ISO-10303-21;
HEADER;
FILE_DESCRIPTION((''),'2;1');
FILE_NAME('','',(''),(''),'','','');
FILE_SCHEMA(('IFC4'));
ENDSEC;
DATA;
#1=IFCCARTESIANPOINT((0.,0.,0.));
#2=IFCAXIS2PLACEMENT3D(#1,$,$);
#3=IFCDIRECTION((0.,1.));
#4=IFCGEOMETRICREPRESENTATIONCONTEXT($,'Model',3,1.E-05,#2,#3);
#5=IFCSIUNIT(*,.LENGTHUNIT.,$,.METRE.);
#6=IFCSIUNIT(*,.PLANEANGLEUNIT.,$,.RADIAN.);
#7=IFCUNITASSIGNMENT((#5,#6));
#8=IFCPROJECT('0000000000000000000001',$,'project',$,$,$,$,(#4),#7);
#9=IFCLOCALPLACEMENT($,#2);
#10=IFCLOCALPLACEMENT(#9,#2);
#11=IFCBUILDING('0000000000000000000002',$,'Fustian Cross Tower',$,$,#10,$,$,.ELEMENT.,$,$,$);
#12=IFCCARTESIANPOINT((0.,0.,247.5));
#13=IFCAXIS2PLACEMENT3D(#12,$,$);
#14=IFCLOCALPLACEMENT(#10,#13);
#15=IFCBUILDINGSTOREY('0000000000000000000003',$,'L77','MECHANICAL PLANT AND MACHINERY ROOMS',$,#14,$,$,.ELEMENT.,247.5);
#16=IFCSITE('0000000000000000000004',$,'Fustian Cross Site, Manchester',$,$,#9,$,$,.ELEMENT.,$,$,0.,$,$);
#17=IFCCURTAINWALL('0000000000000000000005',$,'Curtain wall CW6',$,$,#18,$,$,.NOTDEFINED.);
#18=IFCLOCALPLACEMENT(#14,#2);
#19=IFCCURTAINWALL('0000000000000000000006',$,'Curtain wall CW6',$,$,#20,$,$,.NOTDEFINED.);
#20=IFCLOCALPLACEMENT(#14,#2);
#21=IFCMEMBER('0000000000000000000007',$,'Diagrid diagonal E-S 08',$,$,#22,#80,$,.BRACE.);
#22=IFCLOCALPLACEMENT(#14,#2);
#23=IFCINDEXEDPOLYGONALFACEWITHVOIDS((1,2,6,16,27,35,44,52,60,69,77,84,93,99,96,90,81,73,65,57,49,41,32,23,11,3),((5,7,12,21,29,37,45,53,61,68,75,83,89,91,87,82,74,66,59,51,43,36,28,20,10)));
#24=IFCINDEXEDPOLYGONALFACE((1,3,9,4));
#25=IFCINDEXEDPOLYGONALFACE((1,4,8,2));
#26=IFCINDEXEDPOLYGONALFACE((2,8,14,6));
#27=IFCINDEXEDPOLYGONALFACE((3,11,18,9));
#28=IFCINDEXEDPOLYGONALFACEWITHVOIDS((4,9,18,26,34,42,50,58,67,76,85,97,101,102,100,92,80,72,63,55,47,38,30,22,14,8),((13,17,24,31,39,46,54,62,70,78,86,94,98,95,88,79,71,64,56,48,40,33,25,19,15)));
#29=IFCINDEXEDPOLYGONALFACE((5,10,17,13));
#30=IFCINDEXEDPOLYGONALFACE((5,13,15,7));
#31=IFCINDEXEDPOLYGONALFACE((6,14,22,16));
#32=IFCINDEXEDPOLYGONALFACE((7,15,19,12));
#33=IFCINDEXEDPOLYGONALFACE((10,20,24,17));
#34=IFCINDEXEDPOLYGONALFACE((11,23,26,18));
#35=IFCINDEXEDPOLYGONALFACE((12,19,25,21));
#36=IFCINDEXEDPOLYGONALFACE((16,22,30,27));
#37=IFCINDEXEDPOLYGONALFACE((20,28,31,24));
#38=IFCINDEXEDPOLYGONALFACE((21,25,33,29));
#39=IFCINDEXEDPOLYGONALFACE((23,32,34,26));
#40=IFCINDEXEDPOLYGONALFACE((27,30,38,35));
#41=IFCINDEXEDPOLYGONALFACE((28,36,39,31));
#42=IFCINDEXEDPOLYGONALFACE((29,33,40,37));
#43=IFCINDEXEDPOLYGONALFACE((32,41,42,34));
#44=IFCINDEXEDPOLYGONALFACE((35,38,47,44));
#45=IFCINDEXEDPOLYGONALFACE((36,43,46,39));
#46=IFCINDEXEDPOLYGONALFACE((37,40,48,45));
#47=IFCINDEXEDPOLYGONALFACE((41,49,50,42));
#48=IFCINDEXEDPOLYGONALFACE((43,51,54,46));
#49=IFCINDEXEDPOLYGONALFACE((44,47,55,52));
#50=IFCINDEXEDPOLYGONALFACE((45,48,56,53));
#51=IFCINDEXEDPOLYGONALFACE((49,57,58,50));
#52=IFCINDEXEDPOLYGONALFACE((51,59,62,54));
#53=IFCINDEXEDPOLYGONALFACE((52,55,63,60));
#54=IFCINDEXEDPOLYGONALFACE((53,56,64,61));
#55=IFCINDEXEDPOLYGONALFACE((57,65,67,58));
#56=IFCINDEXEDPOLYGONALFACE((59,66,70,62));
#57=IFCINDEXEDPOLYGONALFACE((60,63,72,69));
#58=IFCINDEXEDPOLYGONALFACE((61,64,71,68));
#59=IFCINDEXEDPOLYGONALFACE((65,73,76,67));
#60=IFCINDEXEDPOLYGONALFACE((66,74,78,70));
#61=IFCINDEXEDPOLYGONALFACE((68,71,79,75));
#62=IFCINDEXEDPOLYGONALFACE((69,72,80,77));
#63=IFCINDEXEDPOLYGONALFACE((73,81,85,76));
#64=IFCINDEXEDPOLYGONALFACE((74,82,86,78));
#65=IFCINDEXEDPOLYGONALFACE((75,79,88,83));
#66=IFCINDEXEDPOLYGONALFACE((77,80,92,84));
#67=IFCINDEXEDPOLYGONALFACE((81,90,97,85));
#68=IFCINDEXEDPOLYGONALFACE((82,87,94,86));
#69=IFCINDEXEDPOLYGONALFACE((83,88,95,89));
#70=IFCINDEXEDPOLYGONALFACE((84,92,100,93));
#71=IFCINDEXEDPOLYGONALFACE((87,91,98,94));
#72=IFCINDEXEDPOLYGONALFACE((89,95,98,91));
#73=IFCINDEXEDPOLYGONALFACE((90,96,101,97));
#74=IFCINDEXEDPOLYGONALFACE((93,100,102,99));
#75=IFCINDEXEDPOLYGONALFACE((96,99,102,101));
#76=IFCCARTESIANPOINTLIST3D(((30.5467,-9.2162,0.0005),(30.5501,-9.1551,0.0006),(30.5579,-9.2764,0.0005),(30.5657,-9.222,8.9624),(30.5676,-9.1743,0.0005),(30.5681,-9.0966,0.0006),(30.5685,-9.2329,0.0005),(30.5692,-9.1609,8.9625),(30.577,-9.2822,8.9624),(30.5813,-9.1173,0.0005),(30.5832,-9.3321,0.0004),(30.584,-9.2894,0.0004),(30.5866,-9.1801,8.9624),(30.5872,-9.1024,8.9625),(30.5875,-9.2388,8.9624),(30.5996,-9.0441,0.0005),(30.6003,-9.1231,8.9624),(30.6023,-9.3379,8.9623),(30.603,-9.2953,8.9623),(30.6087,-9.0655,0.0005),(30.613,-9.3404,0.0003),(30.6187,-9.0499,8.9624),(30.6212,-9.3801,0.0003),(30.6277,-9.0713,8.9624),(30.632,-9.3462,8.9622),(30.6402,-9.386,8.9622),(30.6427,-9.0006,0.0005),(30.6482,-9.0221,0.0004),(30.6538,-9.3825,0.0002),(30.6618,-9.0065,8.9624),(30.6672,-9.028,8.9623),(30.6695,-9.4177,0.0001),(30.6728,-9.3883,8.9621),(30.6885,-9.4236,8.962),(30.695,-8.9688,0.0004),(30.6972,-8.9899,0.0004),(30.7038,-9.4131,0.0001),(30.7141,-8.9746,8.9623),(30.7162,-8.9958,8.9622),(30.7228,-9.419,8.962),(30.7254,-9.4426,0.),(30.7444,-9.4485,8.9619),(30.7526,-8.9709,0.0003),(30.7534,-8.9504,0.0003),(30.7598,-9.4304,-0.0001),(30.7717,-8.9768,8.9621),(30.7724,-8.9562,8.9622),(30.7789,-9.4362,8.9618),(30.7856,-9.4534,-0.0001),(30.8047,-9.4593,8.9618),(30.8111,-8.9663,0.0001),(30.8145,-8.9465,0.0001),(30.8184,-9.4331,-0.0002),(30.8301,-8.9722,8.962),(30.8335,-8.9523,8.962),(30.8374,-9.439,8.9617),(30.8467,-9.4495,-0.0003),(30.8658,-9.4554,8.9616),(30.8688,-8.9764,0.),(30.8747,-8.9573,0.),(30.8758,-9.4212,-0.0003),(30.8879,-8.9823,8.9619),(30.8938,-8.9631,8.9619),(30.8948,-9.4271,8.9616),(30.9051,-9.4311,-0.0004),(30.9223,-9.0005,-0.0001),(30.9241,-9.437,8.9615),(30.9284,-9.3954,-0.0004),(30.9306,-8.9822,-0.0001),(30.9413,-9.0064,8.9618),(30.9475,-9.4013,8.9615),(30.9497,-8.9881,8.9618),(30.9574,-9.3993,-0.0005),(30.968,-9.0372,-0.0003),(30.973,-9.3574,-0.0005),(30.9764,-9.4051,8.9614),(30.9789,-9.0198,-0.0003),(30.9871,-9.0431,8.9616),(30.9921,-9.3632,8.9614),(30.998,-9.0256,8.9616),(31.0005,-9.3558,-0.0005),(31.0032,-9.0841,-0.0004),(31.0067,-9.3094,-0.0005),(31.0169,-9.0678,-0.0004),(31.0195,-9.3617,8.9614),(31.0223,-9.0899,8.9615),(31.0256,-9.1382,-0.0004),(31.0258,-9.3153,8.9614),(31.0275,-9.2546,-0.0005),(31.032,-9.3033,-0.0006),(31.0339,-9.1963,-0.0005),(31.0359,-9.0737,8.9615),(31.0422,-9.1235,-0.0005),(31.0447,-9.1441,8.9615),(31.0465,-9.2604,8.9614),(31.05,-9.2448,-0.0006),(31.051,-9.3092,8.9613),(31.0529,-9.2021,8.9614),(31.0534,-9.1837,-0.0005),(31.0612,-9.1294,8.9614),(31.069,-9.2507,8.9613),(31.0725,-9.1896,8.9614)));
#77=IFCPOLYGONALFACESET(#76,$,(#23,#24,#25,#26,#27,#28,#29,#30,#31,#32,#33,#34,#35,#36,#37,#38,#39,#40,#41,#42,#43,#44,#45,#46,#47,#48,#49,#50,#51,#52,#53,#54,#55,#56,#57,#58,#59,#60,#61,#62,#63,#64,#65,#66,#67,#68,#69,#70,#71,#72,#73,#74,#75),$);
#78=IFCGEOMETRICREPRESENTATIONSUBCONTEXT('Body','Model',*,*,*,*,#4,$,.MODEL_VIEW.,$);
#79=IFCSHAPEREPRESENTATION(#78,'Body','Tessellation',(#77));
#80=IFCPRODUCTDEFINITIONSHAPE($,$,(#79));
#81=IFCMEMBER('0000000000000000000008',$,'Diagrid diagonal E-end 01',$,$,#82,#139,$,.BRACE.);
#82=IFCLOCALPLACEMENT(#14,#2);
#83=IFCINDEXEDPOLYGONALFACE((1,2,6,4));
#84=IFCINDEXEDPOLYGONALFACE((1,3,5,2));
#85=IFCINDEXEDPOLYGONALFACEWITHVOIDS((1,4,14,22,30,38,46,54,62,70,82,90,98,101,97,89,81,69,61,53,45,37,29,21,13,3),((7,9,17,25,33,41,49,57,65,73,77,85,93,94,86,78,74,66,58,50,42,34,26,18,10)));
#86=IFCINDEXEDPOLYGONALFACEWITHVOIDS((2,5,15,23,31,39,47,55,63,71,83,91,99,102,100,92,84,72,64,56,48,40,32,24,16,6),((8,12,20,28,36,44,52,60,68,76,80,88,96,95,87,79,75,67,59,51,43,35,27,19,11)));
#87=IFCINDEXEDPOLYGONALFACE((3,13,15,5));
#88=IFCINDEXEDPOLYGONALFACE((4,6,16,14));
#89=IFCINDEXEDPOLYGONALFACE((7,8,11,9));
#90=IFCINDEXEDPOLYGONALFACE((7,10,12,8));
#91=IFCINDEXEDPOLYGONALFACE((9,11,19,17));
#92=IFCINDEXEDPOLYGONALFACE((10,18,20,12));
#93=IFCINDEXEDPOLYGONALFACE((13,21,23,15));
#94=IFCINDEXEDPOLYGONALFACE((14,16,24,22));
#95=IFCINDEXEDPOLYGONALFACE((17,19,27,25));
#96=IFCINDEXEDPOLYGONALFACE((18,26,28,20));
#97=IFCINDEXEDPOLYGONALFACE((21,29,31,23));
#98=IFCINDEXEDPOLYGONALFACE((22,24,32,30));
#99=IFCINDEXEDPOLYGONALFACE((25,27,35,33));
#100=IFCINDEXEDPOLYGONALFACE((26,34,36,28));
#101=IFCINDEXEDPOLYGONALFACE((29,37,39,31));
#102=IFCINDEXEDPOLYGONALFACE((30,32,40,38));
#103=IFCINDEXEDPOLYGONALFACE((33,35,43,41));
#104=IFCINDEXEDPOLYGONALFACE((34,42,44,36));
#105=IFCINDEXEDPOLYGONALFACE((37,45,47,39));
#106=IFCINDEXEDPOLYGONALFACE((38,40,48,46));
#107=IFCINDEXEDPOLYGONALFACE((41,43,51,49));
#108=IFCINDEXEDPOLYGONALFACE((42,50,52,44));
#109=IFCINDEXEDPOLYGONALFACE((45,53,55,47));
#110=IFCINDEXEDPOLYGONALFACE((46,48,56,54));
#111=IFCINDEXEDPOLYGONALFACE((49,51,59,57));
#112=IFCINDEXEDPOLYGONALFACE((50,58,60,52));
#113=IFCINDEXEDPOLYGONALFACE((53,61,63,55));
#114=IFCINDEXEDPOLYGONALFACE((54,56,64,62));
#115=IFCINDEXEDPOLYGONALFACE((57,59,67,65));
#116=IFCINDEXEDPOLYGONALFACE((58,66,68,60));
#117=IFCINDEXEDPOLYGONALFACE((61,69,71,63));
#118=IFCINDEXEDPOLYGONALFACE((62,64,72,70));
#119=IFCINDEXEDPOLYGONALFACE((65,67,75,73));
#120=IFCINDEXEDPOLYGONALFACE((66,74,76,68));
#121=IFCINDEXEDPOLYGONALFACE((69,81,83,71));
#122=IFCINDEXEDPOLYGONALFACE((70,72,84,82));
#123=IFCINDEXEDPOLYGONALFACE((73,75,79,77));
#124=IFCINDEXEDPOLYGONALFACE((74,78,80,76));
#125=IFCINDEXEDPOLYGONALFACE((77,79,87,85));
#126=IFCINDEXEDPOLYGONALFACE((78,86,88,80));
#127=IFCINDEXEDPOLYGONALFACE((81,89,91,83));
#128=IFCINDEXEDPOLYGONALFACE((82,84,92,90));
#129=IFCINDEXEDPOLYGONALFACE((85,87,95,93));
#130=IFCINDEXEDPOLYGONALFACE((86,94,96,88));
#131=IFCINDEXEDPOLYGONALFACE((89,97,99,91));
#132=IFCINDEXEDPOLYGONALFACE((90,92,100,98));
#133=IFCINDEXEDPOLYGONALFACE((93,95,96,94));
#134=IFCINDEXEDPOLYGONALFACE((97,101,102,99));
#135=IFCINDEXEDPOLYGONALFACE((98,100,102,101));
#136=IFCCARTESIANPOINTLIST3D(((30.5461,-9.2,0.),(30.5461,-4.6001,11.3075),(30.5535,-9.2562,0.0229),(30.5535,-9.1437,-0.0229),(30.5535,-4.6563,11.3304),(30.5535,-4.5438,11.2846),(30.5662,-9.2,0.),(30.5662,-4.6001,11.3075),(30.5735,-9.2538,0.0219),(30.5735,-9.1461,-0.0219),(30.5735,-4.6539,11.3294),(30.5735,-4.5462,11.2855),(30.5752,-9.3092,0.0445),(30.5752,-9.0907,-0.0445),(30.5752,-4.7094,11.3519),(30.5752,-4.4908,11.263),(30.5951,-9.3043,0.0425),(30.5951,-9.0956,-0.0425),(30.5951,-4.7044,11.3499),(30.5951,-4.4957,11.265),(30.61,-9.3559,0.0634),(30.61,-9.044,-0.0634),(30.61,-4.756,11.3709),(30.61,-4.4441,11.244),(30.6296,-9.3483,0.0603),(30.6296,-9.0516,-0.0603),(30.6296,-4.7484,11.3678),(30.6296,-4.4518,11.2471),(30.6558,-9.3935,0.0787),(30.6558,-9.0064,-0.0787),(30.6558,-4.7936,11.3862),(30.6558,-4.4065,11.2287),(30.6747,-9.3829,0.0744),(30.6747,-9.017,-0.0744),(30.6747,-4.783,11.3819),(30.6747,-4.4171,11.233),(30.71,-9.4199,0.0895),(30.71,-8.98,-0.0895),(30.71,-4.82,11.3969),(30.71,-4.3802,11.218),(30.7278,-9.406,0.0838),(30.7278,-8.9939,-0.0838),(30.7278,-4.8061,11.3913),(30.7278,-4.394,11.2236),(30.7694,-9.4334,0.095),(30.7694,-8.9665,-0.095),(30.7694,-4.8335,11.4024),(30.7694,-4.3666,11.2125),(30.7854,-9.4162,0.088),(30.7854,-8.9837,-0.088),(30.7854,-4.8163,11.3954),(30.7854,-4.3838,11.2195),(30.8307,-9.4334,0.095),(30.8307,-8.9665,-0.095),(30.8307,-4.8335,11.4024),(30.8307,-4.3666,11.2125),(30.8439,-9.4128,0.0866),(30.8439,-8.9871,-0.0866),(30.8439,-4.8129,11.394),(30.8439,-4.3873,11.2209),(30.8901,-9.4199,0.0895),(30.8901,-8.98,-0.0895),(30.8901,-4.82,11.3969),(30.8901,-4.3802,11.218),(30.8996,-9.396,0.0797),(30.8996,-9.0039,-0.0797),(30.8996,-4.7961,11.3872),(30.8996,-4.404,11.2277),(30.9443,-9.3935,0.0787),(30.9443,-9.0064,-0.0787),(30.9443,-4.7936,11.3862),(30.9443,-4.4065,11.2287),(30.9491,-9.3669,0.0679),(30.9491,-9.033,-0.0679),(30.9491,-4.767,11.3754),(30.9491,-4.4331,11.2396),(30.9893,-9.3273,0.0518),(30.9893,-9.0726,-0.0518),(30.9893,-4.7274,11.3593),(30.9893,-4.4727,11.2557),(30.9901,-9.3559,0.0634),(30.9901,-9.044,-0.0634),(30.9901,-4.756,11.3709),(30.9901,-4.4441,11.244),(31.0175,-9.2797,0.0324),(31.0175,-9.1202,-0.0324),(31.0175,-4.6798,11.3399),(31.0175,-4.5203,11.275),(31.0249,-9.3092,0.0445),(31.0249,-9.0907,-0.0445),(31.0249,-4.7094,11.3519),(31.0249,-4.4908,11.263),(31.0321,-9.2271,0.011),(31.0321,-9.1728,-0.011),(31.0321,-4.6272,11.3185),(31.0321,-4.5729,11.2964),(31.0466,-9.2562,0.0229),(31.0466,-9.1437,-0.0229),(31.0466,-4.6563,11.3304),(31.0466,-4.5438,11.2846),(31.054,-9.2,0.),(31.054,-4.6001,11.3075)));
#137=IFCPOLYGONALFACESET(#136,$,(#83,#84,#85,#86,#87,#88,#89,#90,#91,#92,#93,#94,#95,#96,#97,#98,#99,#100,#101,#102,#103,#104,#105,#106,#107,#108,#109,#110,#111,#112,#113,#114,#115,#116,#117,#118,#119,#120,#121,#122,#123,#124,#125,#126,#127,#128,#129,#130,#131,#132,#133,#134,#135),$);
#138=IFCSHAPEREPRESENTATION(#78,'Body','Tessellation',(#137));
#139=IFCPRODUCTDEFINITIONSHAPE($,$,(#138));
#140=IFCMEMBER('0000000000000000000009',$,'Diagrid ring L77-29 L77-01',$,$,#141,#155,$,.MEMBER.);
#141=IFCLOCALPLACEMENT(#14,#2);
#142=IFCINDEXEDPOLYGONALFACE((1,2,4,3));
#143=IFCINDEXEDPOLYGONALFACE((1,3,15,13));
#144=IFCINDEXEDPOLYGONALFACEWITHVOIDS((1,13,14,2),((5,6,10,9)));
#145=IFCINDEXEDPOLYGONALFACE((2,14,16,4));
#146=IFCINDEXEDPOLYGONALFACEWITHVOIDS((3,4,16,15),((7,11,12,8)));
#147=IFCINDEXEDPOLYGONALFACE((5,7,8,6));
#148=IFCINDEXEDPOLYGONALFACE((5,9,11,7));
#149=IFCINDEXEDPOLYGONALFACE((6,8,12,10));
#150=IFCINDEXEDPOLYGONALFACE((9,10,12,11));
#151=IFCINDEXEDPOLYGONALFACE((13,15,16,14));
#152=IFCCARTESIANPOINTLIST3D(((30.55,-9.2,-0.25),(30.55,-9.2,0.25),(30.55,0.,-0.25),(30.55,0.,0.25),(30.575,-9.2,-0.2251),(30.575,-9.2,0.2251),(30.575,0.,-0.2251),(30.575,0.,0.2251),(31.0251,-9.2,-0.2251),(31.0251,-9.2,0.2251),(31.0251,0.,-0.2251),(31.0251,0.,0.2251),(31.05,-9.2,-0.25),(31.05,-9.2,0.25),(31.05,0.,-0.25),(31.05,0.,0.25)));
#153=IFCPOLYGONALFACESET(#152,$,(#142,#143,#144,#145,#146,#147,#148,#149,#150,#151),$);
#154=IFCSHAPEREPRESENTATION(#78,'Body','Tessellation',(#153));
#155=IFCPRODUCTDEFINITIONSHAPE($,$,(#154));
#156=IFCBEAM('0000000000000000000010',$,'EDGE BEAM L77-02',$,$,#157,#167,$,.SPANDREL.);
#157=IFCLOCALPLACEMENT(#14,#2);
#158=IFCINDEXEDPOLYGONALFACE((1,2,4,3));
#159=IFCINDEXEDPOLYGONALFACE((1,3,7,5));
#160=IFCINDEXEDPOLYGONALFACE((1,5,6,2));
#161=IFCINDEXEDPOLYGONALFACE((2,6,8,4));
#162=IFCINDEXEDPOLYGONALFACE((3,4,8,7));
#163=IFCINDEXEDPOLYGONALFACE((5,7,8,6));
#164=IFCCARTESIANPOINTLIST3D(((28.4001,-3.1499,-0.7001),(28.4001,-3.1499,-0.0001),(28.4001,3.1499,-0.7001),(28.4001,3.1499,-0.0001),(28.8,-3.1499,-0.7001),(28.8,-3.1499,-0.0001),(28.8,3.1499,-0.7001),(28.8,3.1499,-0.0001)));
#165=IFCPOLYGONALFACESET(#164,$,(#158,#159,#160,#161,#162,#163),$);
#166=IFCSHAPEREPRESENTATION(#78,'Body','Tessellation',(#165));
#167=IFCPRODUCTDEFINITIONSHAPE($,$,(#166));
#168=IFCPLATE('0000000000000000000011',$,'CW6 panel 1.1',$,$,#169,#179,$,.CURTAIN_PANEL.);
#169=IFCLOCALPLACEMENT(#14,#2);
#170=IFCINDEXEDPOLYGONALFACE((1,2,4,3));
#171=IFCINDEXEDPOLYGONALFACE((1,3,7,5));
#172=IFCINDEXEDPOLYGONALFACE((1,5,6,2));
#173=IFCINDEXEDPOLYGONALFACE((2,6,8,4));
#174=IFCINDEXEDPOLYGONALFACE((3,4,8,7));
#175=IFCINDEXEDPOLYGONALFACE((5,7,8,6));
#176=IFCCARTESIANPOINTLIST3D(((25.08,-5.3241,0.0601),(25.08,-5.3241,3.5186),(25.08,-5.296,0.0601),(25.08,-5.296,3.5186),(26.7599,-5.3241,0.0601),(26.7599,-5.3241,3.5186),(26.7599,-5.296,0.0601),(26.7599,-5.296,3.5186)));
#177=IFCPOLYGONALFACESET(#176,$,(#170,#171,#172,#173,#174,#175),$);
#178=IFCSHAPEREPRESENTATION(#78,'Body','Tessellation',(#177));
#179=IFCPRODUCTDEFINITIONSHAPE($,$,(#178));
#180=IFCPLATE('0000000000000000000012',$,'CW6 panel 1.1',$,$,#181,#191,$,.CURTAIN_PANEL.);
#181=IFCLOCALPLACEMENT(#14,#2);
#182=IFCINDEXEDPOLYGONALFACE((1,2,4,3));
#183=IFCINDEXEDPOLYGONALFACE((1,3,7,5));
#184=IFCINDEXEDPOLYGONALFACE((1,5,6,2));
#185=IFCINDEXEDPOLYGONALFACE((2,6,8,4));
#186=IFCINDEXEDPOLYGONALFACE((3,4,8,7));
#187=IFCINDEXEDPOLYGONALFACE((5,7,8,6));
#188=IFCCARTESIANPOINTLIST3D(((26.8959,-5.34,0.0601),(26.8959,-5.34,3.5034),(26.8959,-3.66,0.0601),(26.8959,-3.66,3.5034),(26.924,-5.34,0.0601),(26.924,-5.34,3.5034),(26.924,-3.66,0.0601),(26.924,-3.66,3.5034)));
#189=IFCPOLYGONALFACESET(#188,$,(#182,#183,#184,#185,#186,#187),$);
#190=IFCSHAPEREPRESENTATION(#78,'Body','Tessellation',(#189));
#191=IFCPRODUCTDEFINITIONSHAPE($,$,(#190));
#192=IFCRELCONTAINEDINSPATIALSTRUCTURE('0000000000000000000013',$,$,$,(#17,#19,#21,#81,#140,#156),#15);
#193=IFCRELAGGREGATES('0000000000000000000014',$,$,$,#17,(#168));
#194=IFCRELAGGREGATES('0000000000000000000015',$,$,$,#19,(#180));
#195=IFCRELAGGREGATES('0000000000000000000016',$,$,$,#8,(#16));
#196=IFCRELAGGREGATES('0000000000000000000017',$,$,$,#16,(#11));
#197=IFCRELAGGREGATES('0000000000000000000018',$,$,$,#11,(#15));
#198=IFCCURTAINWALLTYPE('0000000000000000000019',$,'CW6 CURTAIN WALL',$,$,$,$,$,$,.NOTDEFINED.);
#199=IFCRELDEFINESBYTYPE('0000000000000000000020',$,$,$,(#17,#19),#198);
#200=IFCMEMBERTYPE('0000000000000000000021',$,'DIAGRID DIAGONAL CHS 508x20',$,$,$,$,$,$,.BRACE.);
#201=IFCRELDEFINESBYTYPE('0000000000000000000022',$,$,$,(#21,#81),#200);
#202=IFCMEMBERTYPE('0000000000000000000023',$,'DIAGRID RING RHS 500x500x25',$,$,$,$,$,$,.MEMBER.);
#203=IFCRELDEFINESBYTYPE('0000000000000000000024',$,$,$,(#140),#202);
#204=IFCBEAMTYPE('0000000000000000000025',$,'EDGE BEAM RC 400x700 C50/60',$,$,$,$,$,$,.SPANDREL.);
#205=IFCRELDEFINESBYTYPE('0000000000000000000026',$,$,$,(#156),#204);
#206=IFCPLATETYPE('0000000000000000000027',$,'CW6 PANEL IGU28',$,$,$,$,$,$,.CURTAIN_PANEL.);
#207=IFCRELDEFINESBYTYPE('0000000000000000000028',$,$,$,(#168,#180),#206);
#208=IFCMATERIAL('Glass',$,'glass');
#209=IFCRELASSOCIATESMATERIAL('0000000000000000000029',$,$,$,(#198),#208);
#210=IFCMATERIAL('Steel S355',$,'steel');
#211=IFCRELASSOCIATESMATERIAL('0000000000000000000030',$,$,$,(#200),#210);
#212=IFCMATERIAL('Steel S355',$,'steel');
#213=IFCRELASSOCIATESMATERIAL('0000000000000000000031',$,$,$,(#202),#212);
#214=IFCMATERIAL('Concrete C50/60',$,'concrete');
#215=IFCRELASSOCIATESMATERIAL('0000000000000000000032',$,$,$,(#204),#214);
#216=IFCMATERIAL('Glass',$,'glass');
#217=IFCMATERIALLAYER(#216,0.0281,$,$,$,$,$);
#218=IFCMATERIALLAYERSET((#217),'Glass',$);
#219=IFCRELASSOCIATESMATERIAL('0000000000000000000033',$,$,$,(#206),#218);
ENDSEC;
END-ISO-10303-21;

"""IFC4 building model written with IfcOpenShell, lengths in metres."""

from ifc_helpers import new_model, si_unit, direction, frame, origin, origin_2d, place, context, subcontext, project, spatial, rectangle, hollow_rectangle, hollow_circle, extrude, material, layer, layer_set, material_profile, profile_set, type_object, element, aggregate, save


model = new_model("IFC4")

# Units and contexts
model_context = context("Model", 3, precision=1e-05, world=origin(), true_north=direction((0.0, 1.0)))
body_context = subcontext(model_context, "Body", "Model", "MODEL_VIEW")
ifc_project = project(units=[si_unit("LENGTHUNIT", "METRE"), si_unit("PLANEANGLEUNIT", "RADIAN")], contexts=[model_context])

# Site, building, storey
site_placement = place(None, origin())
site = spatial("IfcSite", under=ifc_project, at=site_placement, Name="Fustian Cross Site, Manchester", CompositionType="ELEMENT", RefElevation=0.0)
building_placement = place(site_placement, origin())
building = spatial("IfcBuilding", under=site, at=building_placement, Name="Fustian Cross Tower", CompositionType="ELEMENT")
storey_placement = place(building_placement, frame((0.0, 0.0, 247.5)))
storey = spatial("IfcBuildingStorey", under=building, at=storey_placement, Name="L77", Description="MECHANICAL PLANT AND MACHINERY ROOMS", CompositionType="ELEMENT", Elevation=247.5)

# Curtain wall
ifc_material_1 = material(Name="Glass", Category="glass")
curtain_wall_type = type_object("IfcCurtainWallType", Name="CW6 CURTAIN WALL", PredefinedType="NOTDEFINED", material=ifc_material_1)
curtain_wall_1_placement = place(storey_placement, origin())
curtain_wall_1 = element("IfcCurtainWall", 1, at=curtain_wall_1_placement, inside=storey, type_object=curtain_wall_type, Name="Curtain wall CW6", PredefinedType="NOTDEFINED")

# Curtain wall
curtain_wall_2_placement = place(storey_placement, origin())
curtain_wall_2 = element("IfcCurtainWall", 2, at=curtain_wall_2_placement, inside=storey, type_object=curtain_wall_type, Name="Curtain wall CW6", PredefinedType="NOTDEFINED")

# Members
ifc_material_2 = material(Name="Steel S355", Category="steel")
ifc_material_profile_1 = material_profile(ifc_material_2, hollow_circle(Radius=0.2539, WallThickness=0.02, at=origin_2d()), Name="CHS 508x20")
ifc_profile_set_1 = profile_set([ifc_material_profile_1], Name="Steel S355")
member_type_1 = type_object("IfcMemberType", Name="DIAGRID DIAGONAL CHS 508x20", PredefinedType="BRACE", material=ifc_profile_set_1)
member_1_placement = place(storey_placement, frame((30.8, -9.2, 0.0), z_axis=(0.002125, -0.000654, 0.999998), x_axis=(0.294086, 0.955779, 0.0)))
element("IfcMember", 3, at=member_1_placement, inside=storey, type_object=member_type_1, Name="Diagrid diagonal E-S 08", PredefinedType="BRACE", context=body_context, shape_type="SweptSolid", body=[
    extrude(hollow_circle(Radius=0.2539, WallThickness=0.02, at=origin_2d()), origin(), (0.0, 0.0, 1.0), 8.9619),
])
member_2_placement = place(storey_placement, frame((30.8, -9.2, 0.0), z_axis=(0.0, 0.376815, 0.926288), x_axis=(-1.0, 0.0, 0.0)))
element("IfcMember", 4, at=member_2_placement, inside=storey, type_object=member_type_1, Name="Diagrid diagonal E-end 01", PredefinedType="BRACE", context=body_context, shape_type="SweptSolid", body=[
    extrude(hollow_circle(Radius=0.2539, WallThickness=0.02, at=origin_2d()), origin(), (0.0, 0.0, 1.0), 12.2073),
])
ifc_material_3 = material(Name="Steel S355", Category="steel")
ifc_material_profile_2 = material_profile(ifc_material_3, hollow_rectangle(XDim=0.5, YDim=0.5, WallThickness=0.0249, at=origin_2d()), Name="RHS 500x500x25")
ifc_profile_set_2 = profile_set([ifc_material_profile_2], Name="Steel S355")
member_type_2 = type_object("IfcMemberType", Name="DIAGRID RING RHS 500x500x25", PredefinedType="MEMBER", material=ifc_profile_set_2)
member_3_placement = place(storey_placement, frame((30.8, -9.2, 0.0), z_axis=(0.0, 1.0, 0.0), x_axis=(-1.0, 0.0, 0.0)))
element("IfcMember", 5, at=member_3_placement, inside=storey, type_object=member_type_2, Name="Diagrid ring L77-29 L77-01", PredefinedType="MEMBER", context=body_context, shape_type="SweptSolid", body=[
    extrude(hollow_rectangle(XDim=0.5, YDim=0.5, WallThickness=0.0249, at=origin_2d()), origin(), (0.0, 0.0, 1.0), 9.2),
])

# Beam
ifc_material_4 = material(Name="Concrete C50/60", Category="concrete")
ifc_material_profile_3 = material_profile(ifc_material_4, rectangle(XDim=0.3999, YDim=0.7, at=origin_2d()), Name="RC 400x700")
ifc_profile_set_3 = profile_set([ifc_material_profile_3], Name="Concrete C50/60")
beam_type = type_object("IfcBeamType", Name="EDGE BEAM RC 400x700 C50/60", PredefinedType="SPANDREL", material=ifc_profile_set_3)
beam_placement = place(storey_placement, frame((28.6001, -3.1499, -0.3501), z_axis=(0.0, 1.0, 0.0), x_axis=(-1.0, 0.0, 0.0)))
element("IfcBeam", 6, at=beam_placement, inside=storey, type_object=beam_type, Name="EDGE BEAM L77-02", PredefinedType="SPANDREL", context=body_context, shape_type="SweptSolid", body=[
    extrude(rectangle(XDim=0.3999, YDim=0.7, at=origin_2d()), origin(), (0.0, 0.0, 1.0), 6.2998),
])

# Plates
ifc_material_5 = material(Name="Glass", Category="glass")
ifc_layer_1 = layer(ifc_material_5, 0.0281)
ifc_layer_set_1 = layer_set([ifc_layer_1], Name="Glass")
plate_type = type_object("IfcPlateType", Name="CW6 PANEL IGU28", PredefinedType="CURTAIN_PANEL", material=ifc_layer_set_1)
plate_1_placement = place(storey_placement, frame((25.9199, -5.3101, 0.0601), z_axis=(0.0, 0.0, 1.0), x_axis=(1.0, 0.0, 0.0)))
plate_1 = element("IfcPlate", 7, at=plate_1_placement, type_object=plate_type, Name="CW6 panel 1.1", PredefinedType="CURTAIN_PANEL", context=body_context, shape_type="SweptSolid", body=[
    extrude(rectangle(XDim=1.6799, YDim=0.0281, at=origin_2d()), origin(), (0.0, 0.0, 1.0), 3.4585),
])
aggregate(curtain_wall_1, [plate_1])
plate_2_placement = place(storey_placement, frame((26.9099, -4.5, 0.0601), z_axis=(0.0, 0.0, 1.0), x_axis=(0.0, 1.0, 0.0)))
plate_2 = element("IfcPlate", 8, at=plate_2_placement, type_object=plate_type, Name="CW6 panel 1.1", PredefinedType="CURTAIN_PANEL", context=body_context, shape_type="SweptSolid", body=[
    extrude(rectangle(XDim=1.6799, YDim=0.0281, at=origin_2d()), origin(), (0.0, 0.0, 1.0), 3.4434),
])
aggregate(curtain_wall_2, [plate_2])

save(model, "model.ifc")
